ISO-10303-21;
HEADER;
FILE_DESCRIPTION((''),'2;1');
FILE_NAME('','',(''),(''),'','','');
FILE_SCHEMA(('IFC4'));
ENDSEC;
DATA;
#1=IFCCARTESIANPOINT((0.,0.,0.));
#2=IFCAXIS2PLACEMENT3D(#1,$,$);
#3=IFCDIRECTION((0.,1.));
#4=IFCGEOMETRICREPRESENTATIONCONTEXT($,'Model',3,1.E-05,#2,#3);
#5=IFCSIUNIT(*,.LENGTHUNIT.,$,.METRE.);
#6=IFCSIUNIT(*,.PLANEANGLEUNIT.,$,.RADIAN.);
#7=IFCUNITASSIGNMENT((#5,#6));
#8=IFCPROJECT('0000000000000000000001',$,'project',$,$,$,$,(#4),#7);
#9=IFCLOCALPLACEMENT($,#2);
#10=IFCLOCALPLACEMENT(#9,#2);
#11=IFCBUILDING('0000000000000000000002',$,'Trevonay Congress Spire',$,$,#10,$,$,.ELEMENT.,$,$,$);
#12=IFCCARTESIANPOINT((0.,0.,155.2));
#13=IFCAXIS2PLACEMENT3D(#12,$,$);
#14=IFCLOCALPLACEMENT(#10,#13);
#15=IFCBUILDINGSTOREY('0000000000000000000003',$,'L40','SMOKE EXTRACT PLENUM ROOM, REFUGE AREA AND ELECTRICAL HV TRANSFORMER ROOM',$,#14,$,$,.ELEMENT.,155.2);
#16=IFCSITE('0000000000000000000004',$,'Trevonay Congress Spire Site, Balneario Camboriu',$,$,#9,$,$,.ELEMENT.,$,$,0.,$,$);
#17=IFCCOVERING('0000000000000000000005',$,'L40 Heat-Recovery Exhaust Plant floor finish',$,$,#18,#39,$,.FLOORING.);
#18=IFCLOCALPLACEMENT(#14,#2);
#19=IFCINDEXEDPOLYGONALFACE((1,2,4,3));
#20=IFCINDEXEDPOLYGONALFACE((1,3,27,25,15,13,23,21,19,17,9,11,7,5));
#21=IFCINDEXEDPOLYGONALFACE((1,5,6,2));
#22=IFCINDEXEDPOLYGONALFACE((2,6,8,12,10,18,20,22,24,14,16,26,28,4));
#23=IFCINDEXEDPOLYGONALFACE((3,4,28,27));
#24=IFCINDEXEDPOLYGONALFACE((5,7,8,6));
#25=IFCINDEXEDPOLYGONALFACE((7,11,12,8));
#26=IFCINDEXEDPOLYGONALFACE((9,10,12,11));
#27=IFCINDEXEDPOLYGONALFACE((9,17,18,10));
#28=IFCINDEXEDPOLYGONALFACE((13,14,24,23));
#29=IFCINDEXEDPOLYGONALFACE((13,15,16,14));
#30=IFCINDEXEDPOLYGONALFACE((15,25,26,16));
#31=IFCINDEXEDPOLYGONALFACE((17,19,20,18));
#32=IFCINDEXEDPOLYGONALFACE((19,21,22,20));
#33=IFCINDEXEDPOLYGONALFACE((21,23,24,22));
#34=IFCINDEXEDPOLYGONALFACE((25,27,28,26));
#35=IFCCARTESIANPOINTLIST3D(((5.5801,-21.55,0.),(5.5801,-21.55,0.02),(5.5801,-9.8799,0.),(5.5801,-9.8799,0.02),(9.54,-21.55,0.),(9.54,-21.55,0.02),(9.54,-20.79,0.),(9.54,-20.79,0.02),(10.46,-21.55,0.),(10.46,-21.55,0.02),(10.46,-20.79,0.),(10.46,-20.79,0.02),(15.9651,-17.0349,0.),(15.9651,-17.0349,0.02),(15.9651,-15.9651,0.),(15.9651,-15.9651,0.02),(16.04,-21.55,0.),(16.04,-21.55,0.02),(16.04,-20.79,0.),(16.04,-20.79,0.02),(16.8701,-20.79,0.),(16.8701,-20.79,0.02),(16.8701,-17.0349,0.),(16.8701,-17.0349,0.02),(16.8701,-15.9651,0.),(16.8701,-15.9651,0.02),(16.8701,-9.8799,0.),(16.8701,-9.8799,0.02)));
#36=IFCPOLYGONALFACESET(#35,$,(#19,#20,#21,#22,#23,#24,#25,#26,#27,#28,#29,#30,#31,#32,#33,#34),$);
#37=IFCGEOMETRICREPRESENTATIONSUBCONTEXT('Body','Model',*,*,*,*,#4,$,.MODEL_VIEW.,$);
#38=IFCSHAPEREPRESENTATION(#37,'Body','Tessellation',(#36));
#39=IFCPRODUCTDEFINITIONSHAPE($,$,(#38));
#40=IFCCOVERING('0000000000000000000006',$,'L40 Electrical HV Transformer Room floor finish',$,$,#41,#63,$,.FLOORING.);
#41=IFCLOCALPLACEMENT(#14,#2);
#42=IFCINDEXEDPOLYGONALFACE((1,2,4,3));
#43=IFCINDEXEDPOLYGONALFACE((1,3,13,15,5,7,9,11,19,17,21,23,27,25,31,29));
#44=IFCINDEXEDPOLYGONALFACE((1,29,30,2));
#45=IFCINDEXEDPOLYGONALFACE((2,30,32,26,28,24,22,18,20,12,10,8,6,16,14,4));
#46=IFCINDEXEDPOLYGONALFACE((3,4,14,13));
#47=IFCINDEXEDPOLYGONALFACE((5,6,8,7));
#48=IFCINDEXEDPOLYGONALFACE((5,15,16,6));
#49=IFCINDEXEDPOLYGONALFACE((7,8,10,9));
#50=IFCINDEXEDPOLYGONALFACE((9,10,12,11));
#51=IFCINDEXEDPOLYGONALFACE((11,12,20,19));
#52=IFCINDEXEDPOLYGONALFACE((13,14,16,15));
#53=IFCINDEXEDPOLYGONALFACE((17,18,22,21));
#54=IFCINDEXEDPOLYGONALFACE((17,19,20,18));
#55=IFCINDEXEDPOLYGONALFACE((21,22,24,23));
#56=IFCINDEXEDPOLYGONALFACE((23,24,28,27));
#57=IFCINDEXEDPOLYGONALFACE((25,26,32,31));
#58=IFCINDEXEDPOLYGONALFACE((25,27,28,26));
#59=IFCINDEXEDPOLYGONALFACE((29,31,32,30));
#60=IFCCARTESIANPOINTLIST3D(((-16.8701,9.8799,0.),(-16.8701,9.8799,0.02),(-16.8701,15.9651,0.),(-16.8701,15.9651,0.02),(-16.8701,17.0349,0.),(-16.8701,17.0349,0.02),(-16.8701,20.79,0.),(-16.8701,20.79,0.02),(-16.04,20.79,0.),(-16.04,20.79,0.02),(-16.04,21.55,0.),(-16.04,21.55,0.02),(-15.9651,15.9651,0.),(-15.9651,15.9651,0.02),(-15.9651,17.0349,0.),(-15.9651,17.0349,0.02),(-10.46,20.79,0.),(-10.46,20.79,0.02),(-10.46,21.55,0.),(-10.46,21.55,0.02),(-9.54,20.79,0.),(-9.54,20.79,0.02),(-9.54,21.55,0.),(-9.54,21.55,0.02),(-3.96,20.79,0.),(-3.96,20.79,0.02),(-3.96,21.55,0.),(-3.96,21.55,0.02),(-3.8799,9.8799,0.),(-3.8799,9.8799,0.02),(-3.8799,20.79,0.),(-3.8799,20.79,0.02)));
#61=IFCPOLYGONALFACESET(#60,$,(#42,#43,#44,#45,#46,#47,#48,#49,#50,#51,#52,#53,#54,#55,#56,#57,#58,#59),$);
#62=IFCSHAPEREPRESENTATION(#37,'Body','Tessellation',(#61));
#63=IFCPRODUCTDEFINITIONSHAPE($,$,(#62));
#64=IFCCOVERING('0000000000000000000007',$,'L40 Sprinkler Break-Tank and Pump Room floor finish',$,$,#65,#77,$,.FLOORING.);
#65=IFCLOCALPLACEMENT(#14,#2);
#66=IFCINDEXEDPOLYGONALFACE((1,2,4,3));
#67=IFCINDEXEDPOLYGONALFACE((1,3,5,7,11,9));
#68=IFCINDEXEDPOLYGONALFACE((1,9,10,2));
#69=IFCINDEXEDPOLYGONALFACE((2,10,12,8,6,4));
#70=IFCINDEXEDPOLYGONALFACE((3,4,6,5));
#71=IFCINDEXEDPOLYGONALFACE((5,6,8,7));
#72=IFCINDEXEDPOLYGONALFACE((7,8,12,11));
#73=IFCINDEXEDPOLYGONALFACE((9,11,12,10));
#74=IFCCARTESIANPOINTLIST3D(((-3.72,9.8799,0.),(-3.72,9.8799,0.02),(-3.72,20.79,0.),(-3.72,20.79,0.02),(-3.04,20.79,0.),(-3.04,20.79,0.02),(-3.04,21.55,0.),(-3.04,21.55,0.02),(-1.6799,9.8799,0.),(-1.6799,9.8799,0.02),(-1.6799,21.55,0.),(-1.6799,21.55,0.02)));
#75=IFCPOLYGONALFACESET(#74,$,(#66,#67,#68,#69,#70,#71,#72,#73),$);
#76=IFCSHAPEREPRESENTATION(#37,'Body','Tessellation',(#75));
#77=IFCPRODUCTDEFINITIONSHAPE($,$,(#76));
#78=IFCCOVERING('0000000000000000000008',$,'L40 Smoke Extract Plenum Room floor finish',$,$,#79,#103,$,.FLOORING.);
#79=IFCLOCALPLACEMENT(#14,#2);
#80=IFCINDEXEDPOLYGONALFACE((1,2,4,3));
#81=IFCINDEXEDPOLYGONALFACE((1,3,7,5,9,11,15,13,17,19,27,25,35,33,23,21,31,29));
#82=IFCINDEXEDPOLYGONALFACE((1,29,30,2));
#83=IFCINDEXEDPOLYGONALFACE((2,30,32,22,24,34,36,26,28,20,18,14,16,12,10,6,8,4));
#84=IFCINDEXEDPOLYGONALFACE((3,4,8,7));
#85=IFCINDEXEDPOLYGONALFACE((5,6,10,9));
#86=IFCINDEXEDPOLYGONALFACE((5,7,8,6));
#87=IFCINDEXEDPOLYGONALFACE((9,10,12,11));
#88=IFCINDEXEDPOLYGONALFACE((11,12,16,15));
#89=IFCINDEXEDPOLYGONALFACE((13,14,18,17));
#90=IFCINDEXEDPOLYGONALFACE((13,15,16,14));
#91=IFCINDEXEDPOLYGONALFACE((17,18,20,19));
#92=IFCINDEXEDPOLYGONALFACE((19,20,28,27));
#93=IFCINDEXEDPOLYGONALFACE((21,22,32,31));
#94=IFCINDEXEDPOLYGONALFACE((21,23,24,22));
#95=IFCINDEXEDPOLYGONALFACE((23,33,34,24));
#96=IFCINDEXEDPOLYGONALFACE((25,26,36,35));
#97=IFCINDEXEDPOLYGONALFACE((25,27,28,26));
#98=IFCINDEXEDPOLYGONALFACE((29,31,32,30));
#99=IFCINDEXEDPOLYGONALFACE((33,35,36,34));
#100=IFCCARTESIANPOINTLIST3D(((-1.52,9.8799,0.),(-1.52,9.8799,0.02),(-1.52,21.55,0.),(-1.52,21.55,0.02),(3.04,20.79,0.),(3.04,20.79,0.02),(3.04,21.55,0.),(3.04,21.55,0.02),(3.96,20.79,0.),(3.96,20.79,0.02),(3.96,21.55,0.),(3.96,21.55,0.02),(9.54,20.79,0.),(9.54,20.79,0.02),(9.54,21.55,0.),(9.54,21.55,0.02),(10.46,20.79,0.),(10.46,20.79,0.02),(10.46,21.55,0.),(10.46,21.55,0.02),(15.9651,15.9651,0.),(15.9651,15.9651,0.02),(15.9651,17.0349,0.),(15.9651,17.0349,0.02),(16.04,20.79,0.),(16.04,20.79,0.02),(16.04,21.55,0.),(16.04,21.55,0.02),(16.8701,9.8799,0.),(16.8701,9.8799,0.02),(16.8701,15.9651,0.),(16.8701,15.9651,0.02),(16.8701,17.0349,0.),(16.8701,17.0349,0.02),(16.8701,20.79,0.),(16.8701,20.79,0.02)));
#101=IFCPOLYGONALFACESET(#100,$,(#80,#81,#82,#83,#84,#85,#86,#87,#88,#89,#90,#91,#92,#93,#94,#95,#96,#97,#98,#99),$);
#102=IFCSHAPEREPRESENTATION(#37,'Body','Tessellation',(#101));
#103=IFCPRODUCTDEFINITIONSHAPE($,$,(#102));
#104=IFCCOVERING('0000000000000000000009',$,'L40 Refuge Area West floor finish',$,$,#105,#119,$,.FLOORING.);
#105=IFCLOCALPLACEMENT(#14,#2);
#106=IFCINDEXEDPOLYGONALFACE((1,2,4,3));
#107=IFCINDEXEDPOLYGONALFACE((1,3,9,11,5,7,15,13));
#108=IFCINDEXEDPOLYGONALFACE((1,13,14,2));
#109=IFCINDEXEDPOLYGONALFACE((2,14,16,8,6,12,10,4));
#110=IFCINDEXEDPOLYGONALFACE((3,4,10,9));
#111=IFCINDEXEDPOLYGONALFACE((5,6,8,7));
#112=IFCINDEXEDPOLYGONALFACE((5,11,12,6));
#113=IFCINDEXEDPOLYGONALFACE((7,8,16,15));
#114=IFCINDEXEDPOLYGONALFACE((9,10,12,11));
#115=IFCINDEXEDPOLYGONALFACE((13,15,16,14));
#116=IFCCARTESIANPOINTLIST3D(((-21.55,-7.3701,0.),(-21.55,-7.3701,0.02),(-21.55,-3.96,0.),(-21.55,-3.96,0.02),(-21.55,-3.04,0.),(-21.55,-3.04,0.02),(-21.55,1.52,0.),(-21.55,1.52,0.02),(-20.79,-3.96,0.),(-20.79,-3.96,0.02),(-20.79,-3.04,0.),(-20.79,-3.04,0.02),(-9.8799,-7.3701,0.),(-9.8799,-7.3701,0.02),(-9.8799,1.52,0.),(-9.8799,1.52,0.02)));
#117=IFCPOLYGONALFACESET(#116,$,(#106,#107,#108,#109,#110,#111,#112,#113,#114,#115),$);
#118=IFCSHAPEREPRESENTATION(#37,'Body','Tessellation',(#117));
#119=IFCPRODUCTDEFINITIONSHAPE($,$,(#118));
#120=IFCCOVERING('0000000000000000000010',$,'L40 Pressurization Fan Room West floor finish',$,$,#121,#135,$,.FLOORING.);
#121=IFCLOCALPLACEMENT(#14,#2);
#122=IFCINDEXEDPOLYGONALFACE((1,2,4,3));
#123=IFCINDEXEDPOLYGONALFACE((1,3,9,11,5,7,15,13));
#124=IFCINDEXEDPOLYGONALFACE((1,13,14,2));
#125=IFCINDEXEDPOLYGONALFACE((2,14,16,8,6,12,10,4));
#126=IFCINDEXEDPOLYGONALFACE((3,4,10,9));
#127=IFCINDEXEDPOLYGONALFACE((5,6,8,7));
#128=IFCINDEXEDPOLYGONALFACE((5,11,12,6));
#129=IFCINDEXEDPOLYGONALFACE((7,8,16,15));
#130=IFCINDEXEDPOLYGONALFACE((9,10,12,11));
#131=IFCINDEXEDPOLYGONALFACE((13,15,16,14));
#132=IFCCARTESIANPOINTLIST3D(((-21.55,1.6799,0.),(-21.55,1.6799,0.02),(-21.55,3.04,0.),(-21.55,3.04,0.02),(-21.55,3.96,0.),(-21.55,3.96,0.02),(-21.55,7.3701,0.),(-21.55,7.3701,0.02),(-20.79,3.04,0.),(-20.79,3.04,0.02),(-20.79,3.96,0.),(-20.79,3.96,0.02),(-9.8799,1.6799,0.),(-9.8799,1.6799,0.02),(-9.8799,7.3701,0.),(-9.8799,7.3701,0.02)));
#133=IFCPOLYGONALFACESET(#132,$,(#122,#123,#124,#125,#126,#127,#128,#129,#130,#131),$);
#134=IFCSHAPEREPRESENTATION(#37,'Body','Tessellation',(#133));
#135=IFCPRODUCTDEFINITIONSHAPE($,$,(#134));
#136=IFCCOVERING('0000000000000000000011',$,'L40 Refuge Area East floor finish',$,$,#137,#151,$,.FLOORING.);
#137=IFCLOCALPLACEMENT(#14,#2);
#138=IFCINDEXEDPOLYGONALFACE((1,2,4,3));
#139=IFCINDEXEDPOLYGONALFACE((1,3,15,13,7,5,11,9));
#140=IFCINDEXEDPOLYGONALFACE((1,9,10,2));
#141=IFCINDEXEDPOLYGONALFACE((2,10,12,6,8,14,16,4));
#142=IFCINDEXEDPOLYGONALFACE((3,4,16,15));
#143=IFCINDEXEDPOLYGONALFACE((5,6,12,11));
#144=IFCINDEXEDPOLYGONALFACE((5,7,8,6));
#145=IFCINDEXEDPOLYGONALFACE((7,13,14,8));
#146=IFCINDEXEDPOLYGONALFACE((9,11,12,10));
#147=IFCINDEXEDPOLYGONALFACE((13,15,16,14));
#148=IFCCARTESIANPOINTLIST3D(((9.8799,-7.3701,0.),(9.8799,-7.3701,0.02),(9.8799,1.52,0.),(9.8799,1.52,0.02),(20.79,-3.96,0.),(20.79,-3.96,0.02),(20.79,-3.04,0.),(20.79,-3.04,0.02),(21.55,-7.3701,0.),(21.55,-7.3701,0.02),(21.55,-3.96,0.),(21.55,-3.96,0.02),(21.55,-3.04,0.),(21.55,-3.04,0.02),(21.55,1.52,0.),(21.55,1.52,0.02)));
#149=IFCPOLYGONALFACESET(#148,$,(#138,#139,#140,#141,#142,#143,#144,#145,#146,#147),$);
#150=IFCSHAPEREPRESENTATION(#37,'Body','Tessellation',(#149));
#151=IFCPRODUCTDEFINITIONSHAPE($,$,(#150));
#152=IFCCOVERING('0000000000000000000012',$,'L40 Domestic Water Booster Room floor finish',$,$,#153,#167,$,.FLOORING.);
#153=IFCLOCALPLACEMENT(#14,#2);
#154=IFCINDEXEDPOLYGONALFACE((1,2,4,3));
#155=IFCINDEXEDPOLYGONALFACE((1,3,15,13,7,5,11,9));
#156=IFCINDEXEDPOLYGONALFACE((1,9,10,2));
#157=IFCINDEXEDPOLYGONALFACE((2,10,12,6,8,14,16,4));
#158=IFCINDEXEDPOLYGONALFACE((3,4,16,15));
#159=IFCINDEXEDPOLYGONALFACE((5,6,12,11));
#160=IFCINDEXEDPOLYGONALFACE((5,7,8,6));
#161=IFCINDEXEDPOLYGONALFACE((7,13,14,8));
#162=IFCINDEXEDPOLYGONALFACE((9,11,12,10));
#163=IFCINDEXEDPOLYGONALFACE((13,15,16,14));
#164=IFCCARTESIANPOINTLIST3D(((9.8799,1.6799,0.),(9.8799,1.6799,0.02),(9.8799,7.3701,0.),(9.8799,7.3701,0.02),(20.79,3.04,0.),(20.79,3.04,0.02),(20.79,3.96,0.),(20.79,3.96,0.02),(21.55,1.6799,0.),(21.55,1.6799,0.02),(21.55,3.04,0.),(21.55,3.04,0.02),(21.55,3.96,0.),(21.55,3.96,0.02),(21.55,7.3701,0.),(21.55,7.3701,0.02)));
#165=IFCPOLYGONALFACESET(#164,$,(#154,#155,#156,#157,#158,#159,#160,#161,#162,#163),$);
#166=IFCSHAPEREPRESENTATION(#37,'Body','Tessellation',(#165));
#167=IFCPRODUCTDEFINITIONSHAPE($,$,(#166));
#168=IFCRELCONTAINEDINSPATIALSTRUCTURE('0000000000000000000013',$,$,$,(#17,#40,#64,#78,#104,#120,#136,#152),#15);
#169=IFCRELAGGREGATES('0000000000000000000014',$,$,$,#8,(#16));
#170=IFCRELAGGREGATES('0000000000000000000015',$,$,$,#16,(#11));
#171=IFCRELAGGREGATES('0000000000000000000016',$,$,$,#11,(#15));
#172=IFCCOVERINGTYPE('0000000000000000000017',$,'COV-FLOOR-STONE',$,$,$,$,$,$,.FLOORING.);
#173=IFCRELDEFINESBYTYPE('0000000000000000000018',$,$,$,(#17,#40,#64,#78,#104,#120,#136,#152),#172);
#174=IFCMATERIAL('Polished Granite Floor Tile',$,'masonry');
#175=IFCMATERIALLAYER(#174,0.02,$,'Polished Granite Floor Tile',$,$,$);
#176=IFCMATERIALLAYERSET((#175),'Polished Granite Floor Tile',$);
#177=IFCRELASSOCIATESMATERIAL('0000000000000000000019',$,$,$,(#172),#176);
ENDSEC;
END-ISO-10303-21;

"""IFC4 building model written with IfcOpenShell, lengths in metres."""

from ifc_helpers import new_model, si_unit, direction, frame, origin, place, context, subcontext, project, spatial, polyline, outline, extrude, material, layer, layer_set, type_object, element, save


model = new_model("IFC4")

# Units and contexts
model_context = context("Model", 3, precision=1e-05, world=origin(), true_north=direction((0.0, 1.0)))
body_context = subcontext(model_context, "Body", "Model", "MODEL_VIEW")
ifc_project = project(units=[si_unit("LENGTHUNIT", "METRE"), si_unit("PLANEANGLEUNIT", "RADIAN")], contexts=[model_context])

# Site, building, storey
site_placement = place(None, origin())
site = spatial("IfcSite", under=ifc_project, at=site_placement, Name="Trevonay Congress Spire Site, Balneario Camboriu", CompositionType="ELEMENT", RefElevation=0.0)
building_placement = place(site_placement, origin())
building = spatial("IfcBuilding", under=site, at=building_placement, Name="Trevonay Congress Spire", CompositionType="ELEMENT")
storey_placement = place(building_placement, frame((0.0, 0.0, 155.2)))
storey = spatial("IfcBuildingStorey", under=building, at=storey_placement, Name="L40", Description="SMOKE EXTRACT PLENUM ROOM, REFUGE AREA AND ELECTRICAL HV TRANSFORMER ROOM", CompositionType="ELEMENT", Elevation=155.2)

# Coverings
ifc_material_1 = material(Name="Polished Granite Floor Tile", Category="masonry")
ifc_layer_1 = layer(ifc_material_1, 0.02, Name="Polished Granite Floor Tile")
ifc_layer_set_1 = layer_set([ifc_layer_1], Name="Polished Granite Floor Tile")
covering_type_1 = type_object("IfcCoveringType", Name="COV-FLOOR-STONE", PredefinedType="FLOORING", material=ifc_layer_set_1)
covering_1_placement = place(storey_placement, origin())
element("IfcCovering", 1, at=covering_1_placement, inside=storey, type_object=covering_type_1, Name="L40 Heat-Recovery Exhaust Plant floor finish", PredefinedType="FLOORING", context=body_context, shape_type="SweptSolid", body=[
    extrude(outline(polyline([(5.5801, -21.55), (5.5801, -9.8799), (16.8701, -9.8799), (16.8701, -15.9651), (15.9651, -15.9651), (15.9651, -17.0349), (16.8701, -17.0349), (16.8701, -20.79), (16.04, -20.79), (16.04, -21.55), (10.46, -21.55), (10.46, -20.79), (9.54, -20.79), (9.54, -21.55), (5.5801, -21.55)])), origin(), (0.0, 0.0, 1.0), 0.02),
])
covering_2_placement = place(storey_placement, origin())
element("IfcCovering", 2, at=covering_2_placement, inside=storey, type_object=covering_type_1, Name="L40 Electrical HV Transformer Room floor finish", PredefinedType="FLOORING", context=body_context, shape_type="SweptSolid", body=[
    extrude(outline(polyline([(-3.8799, 9.8799), (-16.8701, 9.8799), (-16.8701, 15.9651), (-15.9651, 15.9651), (-15.9651, 17.0349), (-16.8701, 17.0349), (-16.8701, 20.79), (-16.04, 20.79), (-16.04, 21.55), (-10.46, 21.55), (-10.46, 20.79), (-9.54, 20.79), (-9.54, 21.55), (-3.96, 21.55), (-3.96, 20.79), (-3.8799, 20.79), (-3.8799, 9.8799)])), origin(), (0.0, 0.0, 1.0), 0.02),
])
covering_3_placement = place(storey_placement, origin())
element("IfcCovering", 3, at=covering_3_placement, inside=storey, type_object=covering_type_1, Name="L40 Sprinkler Break-Tank and Pump Room floor finish", PredefinedType="FLOORING", context=body_context, shape_type="SweptSolid", body=[
    extrude(outline(polyline([(-1.6799, 21.55), (-1.6799, 9.8799), (-3.72, 9.8799), (-3.72, 20.79), (-3.04, 20.79), (-3.04, 21.55), (-1.6799, 21.55)])), origin(), (0.0, 0.0, 1.0), 0.02),
])
covering_4_placement = place(storey_placement, origin())
element("IfcCovering", 4, at=covering_4_placement, inside=storey, type_object=covering_type_1, Name="L40 Smoke Extract Plenum Room floor finish", PredefinedType="FLOORING", context=body_context, shape_type="SweptSolid", body=[
    extrude(outline(polyline([(16.8701, 9.8799), (-1.52, 9.8799), (-1.52, 21.55), (3.04, 21.55), (3.04, 20.79), (3.96, 20.79), (3.96, 21.55), (9.54, 21.55), (9.54, 20.79), (10.46, 20.79), (10.46, 21.55), (16.04, 21.55), (16.04, 20.79), (16.8701, 20.79), (16.8701, 17.0349), (15.9651, 17.0349), (15.9651, 15.9651), (16.8701, 15.9651), (16.8701, 9.8799)])), origin(), (0.0, 0.0, 1.0), 0.02),
])
covering_5_placement = place(storey_placement, origin())
element("IfcCovering", 5, at=covering_5_placement, inside=storey, type_object=covering_type_1, Name="L40 Refuge Area West floor finish", PredefinedType="FLOORING", context=body_context, shape_type="SweptSolid", body=[
    extrude(outline(polyline([(-21.55, 1.52), (-9.8799, 1.52), (-9.8799, -7.3701), (-21.55, -7.3701), (-21.55, -3.96), (-20.79, -3.96), (-20.79, -3.04), (-21.55, -3.04), (-21.55, 1.52)])), origin(), (0.0, 0.0, 1.0), 0.02),
])
covering_6_placement = place(storey_placement, origin())
element("IfcCovering", 6, at=covering_6_placement, inside=storey, type_object=covering_type_1, Name="L40 Pressurization Fan Room West floor finish", PredefinedType="FLOORING", context=body_context, shape_type="SweptSolid", body=[
    extrude(outline(polyline([(-21.55, 7.3701), (-9.8799, 7.3701), (-9.8799, 1.6799), (-21.55, 1.6799), (-21.55, 3.04), (-20.79, 3.04), (-20.79, 3.96), (-21.55, 3.96), (-21.55, 7.3701)])), origin(), (0.0, 0.0, 1.0), 0.02),
])
covering_7_placement = place(storey_placement, origin())
element("IfcCovering", 7, at=covering_7_placement, inside=storey, type_object=covering_type_1, Name="L40 Refuge Area East floor finish", PredefinedType="FLOORING", context=body_context, shape_type="SweptSolid", body=[
    extrude(outline(polyline([(21.55, -7.3701), (9.8799, -7.3701), (9.8799, 1.52), (21.55, 1.52), (21.55, -3.04), (20.79, -3.04), (20.79, -3.96), (21.55, -3.96), (21.55, -7.3701)])), origin(), (0.0, 0.0, 1.0), 0.02),
])
covering_8_placement = place(storey_placement, origin())
element("IfcCovering", 8, at=covering_8_placement, inside=storey, type_object=covering_type_1, Name="L40 Domestic Water Booster Room floor finish", PredefinedType="FLOORING", context=body_context, shape_type="SweptSolid", body=[
    extrude(outline(polyline([(21.55, 1.6799), (9.8799, 1.6799), (9.8799, 7.3701), (21.55, 7.3701), (21.55, 3.96), (20.79, 3.96), (20.79, 3.04), (21.55, 3.04), (21.55, 1.6799)])), origin(), (0.0, 0.0, 1.0), 0.02),
])

save(model, "model.ifc")
